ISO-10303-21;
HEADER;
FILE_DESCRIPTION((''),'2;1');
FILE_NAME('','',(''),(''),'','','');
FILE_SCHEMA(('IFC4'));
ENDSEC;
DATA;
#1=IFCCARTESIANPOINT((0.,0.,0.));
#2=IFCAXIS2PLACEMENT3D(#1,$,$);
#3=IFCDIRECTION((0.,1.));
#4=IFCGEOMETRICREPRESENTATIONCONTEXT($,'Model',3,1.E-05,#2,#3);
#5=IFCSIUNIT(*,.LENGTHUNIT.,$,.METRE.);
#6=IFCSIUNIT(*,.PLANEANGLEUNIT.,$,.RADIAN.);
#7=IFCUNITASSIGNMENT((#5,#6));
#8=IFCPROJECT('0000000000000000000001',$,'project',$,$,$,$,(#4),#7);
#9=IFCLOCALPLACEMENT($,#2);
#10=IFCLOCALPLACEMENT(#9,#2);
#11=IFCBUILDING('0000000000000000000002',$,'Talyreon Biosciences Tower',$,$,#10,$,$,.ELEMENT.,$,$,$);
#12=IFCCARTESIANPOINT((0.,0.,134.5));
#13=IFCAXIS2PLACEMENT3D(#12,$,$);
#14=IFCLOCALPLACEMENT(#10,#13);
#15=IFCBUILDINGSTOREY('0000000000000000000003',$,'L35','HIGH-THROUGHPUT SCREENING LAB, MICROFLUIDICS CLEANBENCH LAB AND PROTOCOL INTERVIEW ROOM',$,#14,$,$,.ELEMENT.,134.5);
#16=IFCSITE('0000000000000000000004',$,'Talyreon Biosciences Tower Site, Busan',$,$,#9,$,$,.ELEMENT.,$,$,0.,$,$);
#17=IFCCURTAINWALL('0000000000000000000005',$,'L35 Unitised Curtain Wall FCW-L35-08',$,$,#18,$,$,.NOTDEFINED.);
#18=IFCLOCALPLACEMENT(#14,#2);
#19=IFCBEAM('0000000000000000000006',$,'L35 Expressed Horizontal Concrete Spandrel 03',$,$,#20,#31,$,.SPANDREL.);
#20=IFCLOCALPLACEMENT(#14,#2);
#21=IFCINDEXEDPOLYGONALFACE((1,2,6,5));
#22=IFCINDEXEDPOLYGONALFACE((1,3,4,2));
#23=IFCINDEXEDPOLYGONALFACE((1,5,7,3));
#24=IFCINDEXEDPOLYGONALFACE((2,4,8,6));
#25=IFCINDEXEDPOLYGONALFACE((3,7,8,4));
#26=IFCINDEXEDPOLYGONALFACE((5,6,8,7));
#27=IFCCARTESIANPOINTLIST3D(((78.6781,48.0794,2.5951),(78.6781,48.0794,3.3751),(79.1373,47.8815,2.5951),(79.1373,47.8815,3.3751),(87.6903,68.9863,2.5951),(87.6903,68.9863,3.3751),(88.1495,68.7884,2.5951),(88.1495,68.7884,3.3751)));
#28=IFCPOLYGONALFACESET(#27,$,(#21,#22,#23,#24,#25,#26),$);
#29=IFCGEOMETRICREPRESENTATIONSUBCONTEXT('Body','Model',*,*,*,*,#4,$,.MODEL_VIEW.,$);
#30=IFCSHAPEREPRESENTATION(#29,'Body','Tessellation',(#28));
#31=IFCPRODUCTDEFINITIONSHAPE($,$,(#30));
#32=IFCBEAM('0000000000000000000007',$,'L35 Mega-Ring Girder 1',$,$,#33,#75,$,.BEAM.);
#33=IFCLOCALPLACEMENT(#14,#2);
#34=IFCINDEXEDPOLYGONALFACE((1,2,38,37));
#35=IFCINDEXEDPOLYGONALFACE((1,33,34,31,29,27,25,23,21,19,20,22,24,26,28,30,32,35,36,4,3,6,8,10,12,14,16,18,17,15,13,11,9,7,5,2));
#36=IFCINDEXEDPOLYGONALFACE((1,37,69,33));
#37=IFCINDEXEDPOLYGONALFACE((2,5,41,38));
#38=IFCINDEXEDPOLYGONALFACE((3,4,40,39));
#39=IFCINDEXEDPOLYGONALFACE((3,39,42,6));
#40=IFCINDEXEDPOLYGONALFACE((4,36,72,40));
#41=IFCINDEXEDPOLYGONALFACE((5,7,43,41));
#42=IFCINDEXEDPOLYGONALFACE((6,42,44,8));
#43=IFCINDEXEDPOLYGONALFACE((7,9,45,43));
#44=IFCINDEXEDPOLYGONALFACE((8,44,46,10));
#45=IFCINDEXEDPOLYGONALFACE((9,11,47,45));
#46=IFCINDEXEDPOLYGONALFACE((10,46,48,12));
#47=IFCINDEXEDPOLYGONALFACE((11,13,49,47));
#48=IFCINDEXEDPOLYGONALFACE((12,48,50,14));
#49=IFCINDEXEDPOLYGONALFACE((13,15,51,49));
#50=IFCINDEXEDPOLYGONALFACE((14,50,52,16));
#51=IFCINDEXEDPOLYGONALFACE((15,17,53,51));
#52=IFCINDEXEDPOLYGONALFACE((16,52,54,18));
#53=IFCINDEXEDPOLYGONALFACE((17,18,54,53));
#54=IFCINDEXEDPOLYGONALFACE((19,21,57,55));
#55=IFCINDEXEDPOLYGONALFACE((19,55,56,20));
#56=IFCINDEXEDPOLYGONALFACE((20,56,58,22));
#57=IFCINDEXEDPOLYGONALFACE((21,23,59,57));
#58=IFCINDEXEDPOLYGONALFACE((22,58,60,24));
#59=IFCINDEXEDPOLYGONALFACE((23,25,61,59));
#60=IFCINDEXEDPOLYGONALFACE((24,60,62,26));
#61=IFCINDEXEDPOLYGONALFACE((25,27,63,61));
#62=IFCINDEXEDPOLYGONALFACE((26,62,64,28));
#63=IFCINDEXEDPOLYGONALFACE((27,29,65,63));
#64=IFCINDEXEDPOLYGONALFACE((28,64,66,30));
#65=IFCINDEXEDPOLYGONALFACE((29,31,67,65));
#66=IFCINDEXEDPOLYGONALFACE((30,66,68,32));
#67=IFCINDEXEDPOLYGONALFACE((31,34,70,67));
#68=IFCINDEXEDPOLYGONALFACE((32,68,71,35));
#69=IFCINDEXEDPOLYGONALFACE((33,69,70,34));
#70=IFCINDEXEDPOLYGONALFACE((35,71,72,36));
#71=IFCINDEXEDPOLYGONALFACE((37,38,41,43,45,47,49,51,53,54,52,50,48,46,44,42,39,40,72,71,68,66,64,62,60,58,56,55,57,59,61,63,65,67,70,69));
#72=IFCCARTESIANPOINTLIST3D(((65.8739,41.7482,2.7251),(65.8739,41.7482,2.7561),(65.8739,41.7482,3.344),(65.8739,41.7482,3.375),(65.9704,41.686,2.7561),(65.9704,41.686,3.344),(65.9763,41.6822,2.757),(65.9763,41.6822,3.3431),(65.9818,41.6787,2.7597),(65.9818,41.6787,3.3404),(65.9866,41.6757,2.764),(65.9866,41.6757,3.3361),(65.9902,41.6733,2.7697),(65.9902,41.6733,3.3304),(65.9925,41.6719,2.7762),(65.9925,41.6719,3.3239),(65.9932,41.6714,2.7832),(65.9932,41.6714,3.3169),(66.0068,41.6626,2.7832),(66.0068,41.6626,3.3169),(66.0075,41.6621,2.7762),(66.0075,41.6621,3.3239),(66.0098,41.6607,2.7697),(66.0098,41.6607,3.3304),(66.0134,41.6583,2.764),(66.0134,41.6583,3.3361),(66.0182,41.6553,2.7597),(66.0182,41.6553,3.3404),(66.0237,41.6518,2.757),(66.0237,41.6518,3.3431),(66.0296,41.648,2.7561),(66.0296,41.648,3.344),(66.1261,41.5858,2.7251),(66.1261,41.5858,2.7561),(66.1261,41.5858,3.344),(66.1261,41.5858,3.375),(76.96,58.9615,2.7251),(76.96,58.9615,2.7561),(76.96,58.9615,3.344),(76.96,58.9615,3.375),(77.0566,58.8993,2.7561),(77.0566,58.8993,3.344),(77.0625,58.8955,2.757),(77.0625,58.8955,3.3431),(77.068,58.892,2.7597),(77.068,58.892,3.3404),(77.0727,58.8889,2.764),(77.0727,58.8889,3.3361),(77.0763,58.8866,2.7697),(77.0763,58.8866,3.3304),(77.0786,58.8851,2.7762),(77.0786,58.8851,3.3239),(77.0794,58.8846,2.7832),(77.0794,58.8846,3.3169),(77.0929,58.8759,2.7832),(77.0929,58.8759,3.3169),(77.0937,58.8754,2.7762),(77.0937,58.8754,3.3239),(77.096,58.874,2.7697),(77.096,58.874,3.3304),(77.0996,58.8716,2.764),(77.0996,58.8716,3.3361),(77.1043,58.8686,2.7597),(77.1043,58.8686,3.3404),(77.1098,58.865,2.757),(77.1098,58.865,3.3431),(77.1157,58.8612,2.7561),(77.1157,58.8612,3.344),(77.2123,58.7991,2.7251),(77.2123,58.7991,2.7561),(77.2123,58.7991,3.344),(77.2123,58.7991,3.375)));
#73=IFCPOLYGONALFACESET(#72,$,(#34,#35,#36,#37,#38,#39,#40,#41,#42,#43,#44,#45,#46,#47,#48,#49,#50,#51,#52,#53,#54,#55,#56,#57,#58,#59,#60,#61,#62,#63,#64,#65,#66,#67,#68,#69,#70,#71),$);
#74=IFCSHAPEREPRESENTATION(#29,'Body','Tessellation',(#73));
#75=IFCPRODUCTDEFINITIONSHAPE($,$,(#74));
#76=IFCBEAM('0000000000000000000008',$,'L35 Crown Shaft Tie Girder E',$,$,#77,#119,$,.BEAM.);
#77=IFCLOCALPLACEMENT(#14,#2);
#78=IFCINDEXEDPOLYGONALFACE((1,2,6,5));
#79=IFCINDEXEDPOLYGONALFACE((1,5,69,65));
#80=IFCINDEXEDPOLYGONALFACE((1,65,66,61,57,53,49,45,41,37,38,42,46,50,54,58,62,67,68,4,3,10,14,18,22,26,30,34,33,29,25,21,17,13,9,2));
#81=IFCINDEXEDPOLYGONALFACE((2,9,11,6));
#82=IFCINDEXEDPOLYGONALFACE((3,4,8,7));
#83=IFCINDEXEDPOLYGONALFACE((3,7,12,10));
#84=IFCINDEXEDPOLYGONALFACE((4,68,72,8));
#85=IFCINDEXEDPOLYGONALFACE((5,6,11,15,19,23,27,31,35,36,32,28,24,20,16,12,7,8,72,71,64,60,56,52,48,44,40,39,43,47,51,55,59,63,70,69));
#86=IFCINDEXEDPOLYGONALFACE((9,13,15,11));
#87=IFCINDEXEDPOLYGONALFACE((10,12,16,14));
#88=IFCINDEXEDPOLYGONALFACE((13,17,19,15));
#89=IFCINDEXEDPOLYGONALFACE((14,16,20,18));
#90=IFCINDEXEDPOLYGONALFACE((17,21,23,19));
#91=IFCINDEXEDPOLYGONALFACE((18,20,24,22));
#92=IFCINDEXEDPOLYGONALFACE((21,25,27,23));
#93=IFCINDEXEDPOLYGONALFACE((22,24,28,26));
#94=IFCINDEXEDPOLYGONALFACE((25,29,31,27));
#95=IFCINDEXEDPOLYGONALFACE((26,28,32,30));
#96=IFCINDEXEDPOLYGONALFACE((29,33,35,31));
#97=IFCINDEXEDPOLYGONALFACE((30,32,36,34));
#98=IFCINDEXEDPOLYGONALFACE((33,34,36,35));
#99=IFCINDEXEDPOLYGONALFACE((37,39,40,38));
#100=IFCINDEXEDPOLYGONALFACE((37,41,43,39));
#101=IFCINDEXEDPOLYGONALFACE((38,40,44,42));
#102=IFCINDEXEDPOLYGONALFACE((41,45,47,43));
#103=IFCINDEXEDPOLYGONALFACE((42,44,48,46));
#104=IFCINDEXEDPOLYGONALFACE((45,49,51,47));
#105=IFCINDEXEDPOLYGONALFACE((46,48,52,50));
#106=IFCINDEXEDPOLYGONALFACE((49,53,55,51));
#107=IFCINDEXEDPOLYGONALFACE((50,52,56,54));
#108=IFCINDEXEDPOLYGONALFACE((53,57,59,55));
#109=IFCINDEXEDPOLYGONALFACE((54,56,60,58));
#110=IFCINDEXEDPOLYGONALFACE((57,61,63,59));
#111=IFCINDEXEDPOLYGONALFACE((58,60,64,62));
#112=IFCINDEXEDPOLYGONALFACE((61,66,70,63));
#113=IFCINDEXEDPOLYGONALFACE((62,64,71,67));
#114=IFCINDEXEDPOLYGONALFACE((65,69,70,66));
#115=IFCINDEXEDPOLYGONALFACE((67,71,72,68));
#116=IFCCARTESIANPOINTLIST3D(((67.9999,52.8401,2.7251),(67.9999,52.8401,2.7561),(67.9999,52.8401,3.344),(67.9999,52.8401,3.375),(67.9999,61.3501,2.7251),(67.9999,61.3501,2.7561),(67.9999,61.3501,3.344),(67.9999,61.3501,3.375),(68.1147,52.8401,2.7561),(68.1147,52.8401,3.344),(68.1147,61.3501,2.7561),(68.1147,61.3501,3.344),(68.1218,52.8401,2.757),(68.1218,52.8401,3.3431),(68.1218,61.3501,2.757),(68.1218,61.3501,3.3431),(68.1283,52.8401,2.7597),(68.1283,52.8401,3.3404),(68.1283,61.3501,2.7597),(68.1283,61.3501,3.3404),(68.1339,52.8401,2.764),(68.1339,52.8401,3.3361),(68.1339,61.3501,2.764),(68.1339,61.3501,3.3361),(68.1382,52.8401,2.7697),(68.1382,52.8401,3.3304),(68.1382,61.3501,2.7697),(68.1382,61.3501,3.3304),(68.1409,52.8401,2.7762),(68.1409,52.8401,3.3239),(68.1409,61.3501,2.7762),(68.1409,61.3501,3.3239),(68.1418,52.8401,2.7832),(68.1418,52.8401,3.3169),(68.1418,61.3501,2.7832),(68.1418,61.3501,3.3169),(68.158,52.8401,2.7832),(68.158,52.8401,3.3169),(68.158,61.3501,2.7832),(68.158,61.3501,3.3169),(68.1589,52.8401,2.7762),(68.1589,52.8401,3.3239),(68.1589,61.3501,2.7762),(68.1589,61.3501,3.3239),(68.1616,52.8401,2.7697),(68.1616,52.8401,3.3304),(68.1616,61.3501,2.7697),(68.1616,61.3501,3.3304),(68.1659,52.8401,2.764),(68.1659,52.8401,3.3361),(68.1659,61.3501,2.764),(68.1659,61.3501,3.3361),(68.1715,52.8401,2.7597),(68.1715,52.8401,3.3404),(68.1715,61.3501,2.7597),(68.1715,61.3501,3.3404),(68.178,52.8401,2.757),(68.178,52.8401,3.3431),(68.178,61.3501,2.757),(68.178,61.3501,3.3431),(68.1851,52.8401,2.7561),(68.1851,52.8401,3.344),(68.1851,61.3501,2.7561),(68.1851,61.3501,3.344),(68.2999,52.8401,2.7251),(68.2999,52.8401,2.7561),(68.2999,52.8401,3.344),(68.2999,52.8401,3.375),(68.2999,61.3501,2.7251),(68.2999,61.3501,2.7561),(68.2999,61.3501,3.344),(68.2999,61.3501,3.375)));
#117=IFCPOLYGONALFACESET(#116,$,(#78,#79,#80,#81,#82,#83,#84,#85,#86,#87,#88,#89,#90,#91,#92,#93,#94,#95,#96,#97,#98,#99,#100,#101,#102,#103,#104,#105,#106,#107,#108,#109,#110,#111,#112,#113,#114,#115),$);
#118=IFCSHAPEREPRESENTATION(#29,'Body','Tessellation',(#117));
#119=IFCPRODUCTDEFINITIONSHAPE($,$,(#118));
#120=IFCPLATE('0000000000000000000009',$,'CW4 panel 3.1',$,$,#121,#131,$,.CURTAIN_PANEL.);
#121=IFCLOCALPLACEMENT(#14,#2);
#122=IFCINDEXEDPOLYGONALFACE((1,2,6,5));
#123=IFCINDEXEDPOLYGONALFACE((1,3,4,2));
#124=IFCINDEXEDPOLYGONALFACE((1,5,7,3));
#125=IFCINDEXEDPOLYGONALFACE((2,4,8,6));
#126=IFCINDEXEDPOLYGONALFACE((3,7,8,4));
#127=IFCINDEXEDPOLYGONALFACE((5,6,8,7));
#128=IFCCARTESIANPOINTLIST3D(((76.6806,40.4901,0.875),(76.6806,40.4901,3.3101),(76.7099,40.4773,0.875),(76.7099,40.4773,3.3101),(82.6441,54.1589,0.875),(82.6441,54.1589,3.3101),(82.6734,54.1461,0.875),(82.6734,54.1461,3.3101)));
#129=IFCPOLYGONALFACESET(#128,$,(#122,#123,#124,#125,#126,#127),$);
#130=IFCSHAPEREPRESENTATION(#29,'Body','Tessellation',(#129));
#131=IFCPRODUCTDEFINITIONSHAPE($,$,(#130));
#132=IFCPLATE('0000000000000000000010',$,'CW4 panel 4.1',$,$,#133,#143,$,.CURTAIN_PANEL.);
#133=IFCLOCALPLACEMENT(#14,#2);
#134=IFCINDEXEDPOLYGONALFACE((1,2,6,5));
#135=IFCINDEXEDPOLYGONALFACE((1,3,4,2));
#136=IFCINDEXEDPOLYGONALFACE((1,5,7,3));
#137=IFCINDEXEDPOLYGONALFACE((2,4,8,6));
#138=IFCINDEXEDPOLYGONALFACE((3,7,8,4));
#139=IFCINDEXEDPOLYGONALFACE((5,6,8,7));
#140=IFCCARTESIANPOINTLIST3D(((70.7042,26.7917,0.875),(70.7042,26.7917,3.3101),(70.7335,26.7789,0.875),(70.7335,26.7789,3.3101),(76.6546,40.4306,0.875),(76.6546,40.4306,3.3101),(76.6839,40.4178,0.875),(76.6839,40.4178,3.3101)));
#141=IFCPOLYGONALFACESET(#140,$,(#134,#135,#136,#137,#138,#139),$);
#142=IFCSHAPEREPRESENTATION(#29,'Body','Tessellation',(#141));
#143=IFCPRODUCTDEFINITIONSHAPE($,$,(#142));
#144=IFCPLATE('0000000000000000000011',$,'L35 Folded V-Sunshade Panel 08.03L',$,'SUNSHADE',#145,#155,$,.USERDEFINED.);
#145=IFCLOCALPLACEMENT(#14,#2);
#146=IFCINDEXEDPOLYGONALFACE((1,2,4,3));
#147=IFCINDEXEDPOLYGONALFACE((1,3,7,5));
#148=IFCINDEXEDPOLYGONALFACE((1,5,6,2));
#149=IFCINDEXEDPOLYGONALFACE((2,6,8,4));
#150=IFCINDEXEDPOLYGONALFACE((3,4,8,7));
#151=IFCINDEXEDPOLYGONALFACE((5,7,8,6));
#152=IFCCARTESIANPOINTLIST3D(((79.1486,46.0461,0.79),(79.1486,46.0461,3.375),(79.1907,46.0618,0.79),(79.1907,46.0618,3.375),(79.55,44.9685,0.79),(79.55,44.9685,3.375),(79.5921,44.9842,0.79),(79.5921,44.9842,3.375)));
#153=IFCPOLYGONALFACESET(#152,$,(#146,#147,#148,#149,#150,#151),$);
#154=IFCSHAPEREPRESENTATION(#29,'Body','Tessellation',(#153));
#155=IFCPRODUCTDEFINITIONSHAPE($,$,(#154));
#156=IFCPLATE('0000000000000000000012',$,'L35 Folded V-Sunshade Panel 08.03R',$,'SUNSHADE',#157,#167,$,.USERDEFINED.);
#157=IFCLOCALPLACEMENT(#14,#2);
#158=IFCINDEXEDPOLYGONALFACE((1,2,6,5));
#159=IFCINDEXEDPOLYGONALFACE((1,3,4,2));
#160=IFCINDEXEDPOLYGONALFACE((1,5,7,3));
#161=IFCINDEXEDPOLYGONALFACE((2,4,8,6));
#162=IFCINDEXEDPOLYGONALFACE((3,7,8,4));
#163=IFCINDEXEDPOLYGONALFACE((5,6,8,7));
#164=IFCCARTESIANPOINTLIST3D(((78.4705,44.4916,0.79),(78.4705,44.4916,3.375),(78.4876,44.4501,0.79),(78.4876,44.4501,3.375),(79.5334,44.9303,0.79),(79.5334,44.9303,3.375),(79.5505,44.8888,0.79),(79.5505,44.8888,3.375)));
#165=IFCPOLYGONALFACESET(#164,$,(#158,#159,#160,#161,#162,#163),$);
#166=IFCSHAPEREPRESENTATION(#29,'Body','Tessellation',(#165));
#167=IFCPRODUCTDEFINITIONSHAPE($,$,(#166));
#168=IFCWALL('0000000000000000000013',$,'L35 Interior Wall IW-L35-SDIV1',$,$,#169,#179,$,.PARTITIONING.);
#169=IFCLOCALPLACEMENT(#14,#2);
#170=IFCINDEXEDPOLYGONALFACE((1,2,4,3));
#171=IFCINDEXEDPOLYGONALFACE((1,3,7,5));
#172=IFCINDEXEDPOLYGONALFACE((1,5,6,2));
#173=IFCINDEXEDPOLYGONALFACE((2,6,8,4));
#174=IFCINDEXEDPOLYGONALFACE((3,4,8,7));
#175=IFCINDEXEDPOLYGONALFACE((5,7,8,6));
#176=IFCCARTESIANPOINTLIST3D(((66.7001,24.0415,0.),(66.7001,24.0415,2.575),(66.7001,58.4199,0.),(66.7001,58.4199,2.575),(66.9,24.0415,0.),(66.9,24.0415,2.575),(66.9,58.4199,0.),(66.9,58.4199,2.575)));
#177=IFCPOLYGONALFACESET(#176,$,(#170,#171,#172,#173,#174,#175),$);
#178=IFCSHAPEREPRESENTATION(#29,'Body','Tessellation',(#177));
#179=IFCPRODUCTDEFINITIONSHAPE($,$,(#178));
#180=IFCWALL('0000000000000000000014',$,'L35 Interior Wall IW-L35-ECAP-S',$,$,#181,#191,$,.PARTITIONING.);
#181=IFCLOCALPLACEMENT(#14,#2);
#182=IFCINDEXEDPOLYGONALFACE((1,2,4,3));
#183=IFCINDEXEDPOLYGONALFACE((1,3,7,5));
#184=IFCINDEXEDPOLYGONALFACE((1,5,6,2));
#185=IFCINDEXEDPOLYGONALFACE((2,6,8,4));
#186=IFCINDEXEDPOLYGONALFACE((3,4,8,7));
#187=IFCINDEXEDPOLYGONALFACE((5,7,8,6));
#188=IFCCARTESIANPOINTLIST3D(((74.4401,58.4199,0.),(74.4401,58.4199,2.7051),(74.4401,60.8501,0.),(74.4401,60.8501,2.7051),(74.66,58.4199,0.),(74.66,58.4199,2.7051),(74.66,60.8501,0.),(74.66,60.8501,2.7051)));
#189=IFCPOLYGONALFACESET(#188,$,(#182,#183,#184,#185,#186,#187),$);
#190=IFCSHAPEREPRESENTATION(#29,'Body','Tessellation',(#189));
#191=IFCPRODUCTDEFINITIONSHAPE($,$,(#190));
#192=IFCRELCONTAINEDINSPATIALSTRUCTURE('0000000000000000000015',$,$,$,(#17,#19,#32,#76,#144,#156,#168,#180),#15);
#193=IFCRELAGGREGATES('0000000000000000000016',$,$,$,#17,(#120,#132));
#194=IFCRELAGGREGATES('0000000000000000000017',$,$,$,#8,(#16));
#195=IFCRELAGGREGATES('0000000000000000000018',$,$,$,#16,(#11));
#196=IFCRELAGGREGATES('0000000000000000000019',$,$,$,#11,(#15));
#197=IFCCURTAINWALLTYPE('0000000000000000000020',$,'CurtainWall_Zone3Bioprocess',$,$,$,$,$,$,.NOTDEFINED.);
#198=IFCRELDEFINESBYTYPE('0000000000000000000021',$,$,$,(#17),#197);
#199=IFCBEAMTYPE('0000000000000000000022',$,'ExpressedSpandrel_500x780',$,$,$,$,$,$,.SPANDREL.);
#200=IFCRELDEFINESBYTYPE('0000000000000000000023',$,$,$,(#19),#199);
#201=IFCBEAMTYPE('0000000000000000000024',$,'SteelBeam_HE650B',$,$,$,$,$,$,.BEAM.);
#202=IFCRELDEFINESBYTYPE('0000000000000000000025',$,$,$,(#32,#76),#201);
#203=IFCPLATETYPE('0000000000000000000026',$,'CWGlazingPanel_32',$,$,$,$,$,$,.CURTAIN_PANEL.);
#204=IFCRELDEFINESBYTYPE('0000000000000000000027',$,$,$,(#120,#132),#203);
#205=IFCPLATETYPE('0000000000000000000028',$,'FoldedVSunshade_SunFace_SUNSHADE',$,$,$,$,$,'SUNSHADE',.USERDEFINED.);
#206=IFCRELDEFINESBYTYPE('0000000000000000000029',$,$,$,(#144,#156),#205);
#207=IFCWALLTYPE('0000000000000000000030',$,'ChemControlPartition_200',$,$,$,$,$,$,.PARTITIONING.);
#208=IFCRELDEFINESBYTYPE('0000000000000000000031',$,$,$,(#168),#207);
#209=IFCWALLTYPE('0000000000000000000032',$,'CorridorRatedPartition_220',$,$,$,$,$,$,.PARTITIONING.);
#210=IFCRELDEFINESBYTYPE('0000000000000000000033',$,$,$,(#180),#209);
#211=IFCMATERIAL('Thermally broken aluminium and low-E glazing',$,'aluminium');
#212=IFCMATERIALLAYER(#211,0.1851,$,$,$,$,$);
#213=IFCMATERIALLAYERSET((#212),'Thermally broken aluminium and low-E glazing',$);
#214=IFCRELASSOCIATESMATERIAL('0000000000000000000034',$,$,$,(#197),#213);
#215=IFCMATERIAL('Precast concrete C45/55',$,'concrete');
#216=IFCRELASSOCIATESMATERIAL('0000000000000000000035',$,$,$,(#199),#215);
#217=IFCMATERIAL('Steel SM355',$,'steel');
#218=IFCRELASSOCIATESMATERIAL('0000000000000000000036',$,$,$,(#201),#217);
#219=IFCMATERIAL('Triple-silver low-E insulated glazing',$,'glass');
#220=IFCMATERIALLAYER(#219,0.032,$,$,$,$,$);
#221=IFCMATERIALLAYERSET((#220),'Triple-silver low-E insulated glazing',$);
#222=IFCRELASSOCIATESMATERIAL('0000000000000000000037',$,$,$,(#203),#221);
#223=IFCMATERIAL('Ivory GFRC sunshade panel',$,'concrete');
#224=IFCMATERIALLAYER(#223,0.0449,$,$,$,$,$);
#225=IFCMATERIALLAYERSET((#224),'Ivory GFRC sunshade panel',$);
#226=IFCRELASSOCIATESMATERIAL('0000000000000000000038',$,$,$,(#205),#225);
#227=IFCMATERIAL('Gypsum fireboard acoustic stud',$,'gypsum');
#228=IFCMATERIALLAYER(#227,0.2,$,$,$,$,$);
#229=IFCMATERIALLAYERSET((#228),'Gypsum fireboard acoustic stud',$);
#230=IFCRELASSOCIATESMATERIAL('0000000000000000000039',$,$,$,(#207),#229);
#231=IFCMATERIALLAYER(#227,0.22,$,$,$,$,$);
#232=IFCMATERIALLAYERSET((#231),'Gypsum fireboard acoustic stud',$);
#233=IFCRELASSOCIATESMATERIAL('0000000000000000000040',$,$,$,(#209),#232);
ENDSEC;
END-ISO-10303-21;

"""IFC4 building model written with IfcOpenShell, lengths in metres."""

from ifc_helpers import new_model, si_unit, direction, frame, frame_2d, origin, origin_2d, place, context, subcontext, project, spatial, rectangle, i_section, extrude, material, layer, layer_set, material_profile, profile_set, type_object, element, aggregate, save


model = new_model("IFC4")

# Units and contexts
model_context = context("Model", 3, precision=1e-05, world=origin(), true_north=direction((0.0, 1.0)))
body_context = subcontext(model_context, "Body", "Model", "MODEL_VIEW")
ifc_project = project(units=[si_unit("LENGTHUNIT", "METRE"), si_unit("PLANEANGLEUNIT", "RADIAN")], contexts=[model_context])

# Site, building, storey
site_placement = place(None, origin())
site = spatial("IfcSite", under=ifc_project, at=site_placement, Name="Talyreon Biosciences Tower Site, Busan", CompositionType="ELEMENT", RefElevation=0.0)
building_placement = place(site_placement, origin())
building = spatial("IfcBuilding", under=site, at=building_placement, Name="Talyreon Biosciences Tower", CompositionType="ELEMENT")
storey_placement = place(building_placement, frame((0.0, 0.0, 134.5)))
storey = spatial("IfcBuildingStorey", under=building, at=storey_placement, Name="L35", Description="HIGH-THROUGHPUT SCREENING LAB, MICROFLUIDICS CLEANBENCH LAB AND PROTOCOL INTERVIEW ROOM", CompositionType="ELEMENT", Elevation=134.5)

# Shared definitions
ifc_material_1 = material(Name="Precast concrete C45/55", Category="concrete")

# Curtain wall
ifc_material_2 = material(Name="Thermally broken aluminium and low-E glazing", Category="aluminium")
ifc_layer_1 = layer(ifc_material_2, 0.1851)
ifc_layer_set_1 = layer_set([ifc_layer_1], Name="Thermally broken aluminium and low-E glazing")
curtain_wall_type = type_object("IfcCurtainWallType", Name="CurtainWall_Zone3Bioprocess", PredefinedType="NOTDEFINED", material=ifc_layer_set_1)
curtain_wall_placement = place(storey_placement, origin())
curtain_wall = element("IfcCurtainWall", 1, at=curtain_wall_placement, inside=storey, type_object=curtain_wall_type, Name="L35 Unitised Curtain Wall FCW-L35-08", PredefinedType="NOTDEFINED")

# Beams
ifc_material_profile_1 = material_profile(ifc_material_1, rectangle(XDim=0.5, YDim=0.78, at=origin_2d()), Name="RCB 500x780")
ifc_profile_set_1 = profile_set([ifc_material_profile_1], Name="Precast concrete C45/55")
beam_type_1 = type_object("IfcBeamType", Name="ExpressedSpandrel_500x780", PredefinedType="SPANDREL", material=ifc_profile_set_1)
beam_1_placement = place(storey_placement, frame((78.9077, 47.9805, 2.9851), z_axis=(0.395851, 0.918315, 0.0), x_axis=(-0.918315, 0.395851, 0.0)))
element("IfcBeam", 2, at=beam_1_placement, inside=storey, type_object=beam_type_1, Name="L35 Expressed Horizontal Concrete Spandrel 03", PredefinedType="SPANDREL", context=body_context, shape_type="SweptSolid", body=[
    extrude(rectangle(XDim=0.5, YDim=0.78, at=origin_2d()), origin(), (0.0, 0.0, 1.0), 22.7666),
])
ifc_material_3 = material(Name="Steel SM355", Category="steel")
ifc_material_profile_2 = material_profile(ifc_material_3, i_section(OverallWidth=0.3, OverallDepth=0.6499, WebThickness=0.0161, FlangeThickness=0.031, FilletRadius=0.0271, at=origin_2d()), Name="HE650B")
ifc_profile_set_2 = profile_set([ifc_material_profile_2], Name="Steel SM355")
beam_type_2 = type_object("IfcBeamType", Name="SteelBeam_HE650B", PredefinedType="BEAM", material=ifc_profile_set_2)
beam_2_placement = place(storey_placement, frame((66.0, 41.667, 3.05), z_axis=(0.541464, 0.840724, 0.0), x_axis=(-0.840724, 0.541464, 0.0)))
element("IfcBeam", 3, at=beam_2_placement, inside=storey, type_object=beam_type_2, Name="L35 Mega-Ring Girder 1", PredefinedType="BEAM", context=body_context, shape_type="SweptSolid", body=[
    extrude(i_section(OverallWidth=0.3, OverallDepth=0.6499, WebThickness=0.0161, FlangeThickness=0.031, FilletRadius=0.0271, at=origin_2d()), origin(), (0.0, 0.0, 1.0), 20.4744),
])
beam_3_placement = place(storey_placement, frame((68.1499, 52.8401, 3.05), z_axis=(0.0, 1.0, 0.0), x_axis=(-1.0, 0.0, 0.0)))
element("IfcBeam", 4, at=beam_3_placement, inside=storey, type_object=beam_type_2, Name="L35 Crown Shaft Tie Girder E", PredefinedType="BEAM", context=body_context, shape_type="SweptSolid", body=[
    extrude(i_section(OverallWidth=0.3, OverallDepth=0.6499, WebThickness=0.0161, FlangeThickness=0.031, FilletRadius=0.0271, at=origin_2d()), origin(), (0.0, 0.0, 1.0), 8.51),
])

# Plates
ifc_material_4 = material(Name="Triple-silver low-E insulated glazing", Category="glass")
ifc_layer_2 = layer(ifc_material_4, 0.032)
ifc_layer_set_2 = layer_set([ifc_layer_2], Name="Triple-silver low-E insulated glazing")
plate_type_1 = type_object("IfcPlateType", Name="CWGlazingPanel_32", PredefinedType="CURTAIN_PANEL", material=ifc_layer_set_2)
plate_1_placement = place(storey_placement, frame((79.677, 47.3181, 0.875), z_axis=(0.0, 0.0, 1.0), x_axis=(-0.399882, -0.916566, 0.0)))
plate_1 = element("IfcPlate", 5, at=plate_1_placement, type_object=plate_type_1, Name="CW4 panel 3.1", PredefinedType="CURTAIN_PANEL", context=body_context, shape_type="SweptSolid", body=[
    extrude(rectangle(XDim=14.9131, YDim=0.032, at=origin_2d()), origin(), (0.0, 0.0, 1.0), 2.4351),
])
plate_2_placement = place(storey_placement, frame((73.6941, 33.6047, 0.875), z_axis=(0.0, 0.0, 1.0), x_axis=(-0.399882, -0.916566, 0.0)))
plate_2 = element("IfcPlate", 6, at=plate_2_placement, type_object=plate_type_1, Name="CW4 panel 4.1", PredefinedType="CURTAIN_PANEL", context=body_context, shape_type="SweptSolid", body=[
    extrude(rectangle(XDim=14.8804, YDim=0.032, at=origin_2d()), origin(), (0.0, 0.0, 1.0), 2.4351),
])
aggregate(curtain_wall, [plate_1, plate_2])

# Plates
ifc_material_5 = material(Name="Ivory GFRC sunshade panel", Category="concrete")
ifc_layer_3 = layer(ifc_material_5, 0.0449)
ifc_layer_set_3 = layer_set([ifc_layer_3], Name="Ivory GFRC sunshade panel")
plate_type_2 = type_object("IfcPlateType", Name="FoldedVSunshade_SunFace_SUNSHADE", ElementType="SUNSHADE", PredefinedType="USERDEFINED", material=ifc_layer_set_3)
for number, where, z_axis, x_axis, name in (
    (7, (79.3704, 45.5151, 0.79), (0.0, 0.0, 1.0), (0.349046, -0.937105, 0.0), "L35 Folded V-Sunshade Panel 08.03L"),
    (8, (79.0105, 44.6902, 0.79), (0.0, 0.0, 1.0), (-0.924353, -0.381538, 0.0), "L35 Folded V-Sunshade Panel 08.03R"),
):
    element("IfcPlate", number, at=place(storey_placement, frame(where, z_axis=z_axis, x_axis=x_axis)), inside=storey, type_object=plate_type_2, Name=name, ObjectType="SUNSHADE", PredefinedType="USERDEFINED", context=body_context, shape_type="SweptSolid", body=[
        extrude(rectangle(XDim=1.1499, YDim=0.0449, at=origin_2d()), origin(), (0.0, 0.0, 1.0), 2.585),
    ])

# Walls
ifc_material_6 = material(Name="Gypsum fireboard acoustic stud", Category="gypsum")
ifc_layer_4 = layer(ifc_material_6, 0.2)
ifc_layer_set_4 = layer_set([ifc_layer_4], Name="Gypsum fireboard acoustic stud")
wall_type_1 = type_object("IfcWallType", Name="ChemControlPartition_200", PredefinedType="PARTITIONING", material=ifc_layer_set_4)
wall_1_placement = place(storey_placement, frame((66.8, 24.0415, 0.0), z_axis=(0.0, 0.0, 1.0), x_axis=(0.0, 1.0, 0.0)))
element("IfcWall", 9, at=wall_1_placement, inside=storey, type_object=wall_type_1, Name="L35 Interior Wall IW-L35-SDIV1", PredefinedType="PARTITIONING", context=body_context, shape_type="SweptSolid", body=[
    extrude(rectangle(XDim=34.3784, YDim=0.2, at=frame_2d((17.1892, 0.0))), origin(), (0.0, 0.0, 1.0), 2.575),
])
ifc_layer_5 = layer(ifc_material_6, 0.22)
ifc_layer_set_5 = layer_set([ifc_layer_5], Name="Gypsum fireboard acoustic stud")
wall_type_2 = type_object("IfcWallType", Name="CorridorRatedPartition_220", PredefinedType="PARTITIONING", material=ifc_layer_set_5)
wall_2_placement = place(storey_placement, frame((74.55, 58.4199, 0.0), z_axis=(0.0, 0.0, 1.0), x_axis=(0.0, 1.0, 0.0)))
element("IfcWall", 10, at=wall_2_placement, inside=storey, type_object=wall_type_2, Name="L35 Interior Wall IW-L35-ECAP-S", PredefinedType="PARTITIONING", context=body_context, shape_type="SweptSolid", body=[
    extrude(rectangle(XDim=2.4302, YDim=0.22, at=frame_2d((1.2151, 0.0))), origin(), (0.0, 0.0, 1.0), 2.7051),
])

save(model, "model.ifc")
